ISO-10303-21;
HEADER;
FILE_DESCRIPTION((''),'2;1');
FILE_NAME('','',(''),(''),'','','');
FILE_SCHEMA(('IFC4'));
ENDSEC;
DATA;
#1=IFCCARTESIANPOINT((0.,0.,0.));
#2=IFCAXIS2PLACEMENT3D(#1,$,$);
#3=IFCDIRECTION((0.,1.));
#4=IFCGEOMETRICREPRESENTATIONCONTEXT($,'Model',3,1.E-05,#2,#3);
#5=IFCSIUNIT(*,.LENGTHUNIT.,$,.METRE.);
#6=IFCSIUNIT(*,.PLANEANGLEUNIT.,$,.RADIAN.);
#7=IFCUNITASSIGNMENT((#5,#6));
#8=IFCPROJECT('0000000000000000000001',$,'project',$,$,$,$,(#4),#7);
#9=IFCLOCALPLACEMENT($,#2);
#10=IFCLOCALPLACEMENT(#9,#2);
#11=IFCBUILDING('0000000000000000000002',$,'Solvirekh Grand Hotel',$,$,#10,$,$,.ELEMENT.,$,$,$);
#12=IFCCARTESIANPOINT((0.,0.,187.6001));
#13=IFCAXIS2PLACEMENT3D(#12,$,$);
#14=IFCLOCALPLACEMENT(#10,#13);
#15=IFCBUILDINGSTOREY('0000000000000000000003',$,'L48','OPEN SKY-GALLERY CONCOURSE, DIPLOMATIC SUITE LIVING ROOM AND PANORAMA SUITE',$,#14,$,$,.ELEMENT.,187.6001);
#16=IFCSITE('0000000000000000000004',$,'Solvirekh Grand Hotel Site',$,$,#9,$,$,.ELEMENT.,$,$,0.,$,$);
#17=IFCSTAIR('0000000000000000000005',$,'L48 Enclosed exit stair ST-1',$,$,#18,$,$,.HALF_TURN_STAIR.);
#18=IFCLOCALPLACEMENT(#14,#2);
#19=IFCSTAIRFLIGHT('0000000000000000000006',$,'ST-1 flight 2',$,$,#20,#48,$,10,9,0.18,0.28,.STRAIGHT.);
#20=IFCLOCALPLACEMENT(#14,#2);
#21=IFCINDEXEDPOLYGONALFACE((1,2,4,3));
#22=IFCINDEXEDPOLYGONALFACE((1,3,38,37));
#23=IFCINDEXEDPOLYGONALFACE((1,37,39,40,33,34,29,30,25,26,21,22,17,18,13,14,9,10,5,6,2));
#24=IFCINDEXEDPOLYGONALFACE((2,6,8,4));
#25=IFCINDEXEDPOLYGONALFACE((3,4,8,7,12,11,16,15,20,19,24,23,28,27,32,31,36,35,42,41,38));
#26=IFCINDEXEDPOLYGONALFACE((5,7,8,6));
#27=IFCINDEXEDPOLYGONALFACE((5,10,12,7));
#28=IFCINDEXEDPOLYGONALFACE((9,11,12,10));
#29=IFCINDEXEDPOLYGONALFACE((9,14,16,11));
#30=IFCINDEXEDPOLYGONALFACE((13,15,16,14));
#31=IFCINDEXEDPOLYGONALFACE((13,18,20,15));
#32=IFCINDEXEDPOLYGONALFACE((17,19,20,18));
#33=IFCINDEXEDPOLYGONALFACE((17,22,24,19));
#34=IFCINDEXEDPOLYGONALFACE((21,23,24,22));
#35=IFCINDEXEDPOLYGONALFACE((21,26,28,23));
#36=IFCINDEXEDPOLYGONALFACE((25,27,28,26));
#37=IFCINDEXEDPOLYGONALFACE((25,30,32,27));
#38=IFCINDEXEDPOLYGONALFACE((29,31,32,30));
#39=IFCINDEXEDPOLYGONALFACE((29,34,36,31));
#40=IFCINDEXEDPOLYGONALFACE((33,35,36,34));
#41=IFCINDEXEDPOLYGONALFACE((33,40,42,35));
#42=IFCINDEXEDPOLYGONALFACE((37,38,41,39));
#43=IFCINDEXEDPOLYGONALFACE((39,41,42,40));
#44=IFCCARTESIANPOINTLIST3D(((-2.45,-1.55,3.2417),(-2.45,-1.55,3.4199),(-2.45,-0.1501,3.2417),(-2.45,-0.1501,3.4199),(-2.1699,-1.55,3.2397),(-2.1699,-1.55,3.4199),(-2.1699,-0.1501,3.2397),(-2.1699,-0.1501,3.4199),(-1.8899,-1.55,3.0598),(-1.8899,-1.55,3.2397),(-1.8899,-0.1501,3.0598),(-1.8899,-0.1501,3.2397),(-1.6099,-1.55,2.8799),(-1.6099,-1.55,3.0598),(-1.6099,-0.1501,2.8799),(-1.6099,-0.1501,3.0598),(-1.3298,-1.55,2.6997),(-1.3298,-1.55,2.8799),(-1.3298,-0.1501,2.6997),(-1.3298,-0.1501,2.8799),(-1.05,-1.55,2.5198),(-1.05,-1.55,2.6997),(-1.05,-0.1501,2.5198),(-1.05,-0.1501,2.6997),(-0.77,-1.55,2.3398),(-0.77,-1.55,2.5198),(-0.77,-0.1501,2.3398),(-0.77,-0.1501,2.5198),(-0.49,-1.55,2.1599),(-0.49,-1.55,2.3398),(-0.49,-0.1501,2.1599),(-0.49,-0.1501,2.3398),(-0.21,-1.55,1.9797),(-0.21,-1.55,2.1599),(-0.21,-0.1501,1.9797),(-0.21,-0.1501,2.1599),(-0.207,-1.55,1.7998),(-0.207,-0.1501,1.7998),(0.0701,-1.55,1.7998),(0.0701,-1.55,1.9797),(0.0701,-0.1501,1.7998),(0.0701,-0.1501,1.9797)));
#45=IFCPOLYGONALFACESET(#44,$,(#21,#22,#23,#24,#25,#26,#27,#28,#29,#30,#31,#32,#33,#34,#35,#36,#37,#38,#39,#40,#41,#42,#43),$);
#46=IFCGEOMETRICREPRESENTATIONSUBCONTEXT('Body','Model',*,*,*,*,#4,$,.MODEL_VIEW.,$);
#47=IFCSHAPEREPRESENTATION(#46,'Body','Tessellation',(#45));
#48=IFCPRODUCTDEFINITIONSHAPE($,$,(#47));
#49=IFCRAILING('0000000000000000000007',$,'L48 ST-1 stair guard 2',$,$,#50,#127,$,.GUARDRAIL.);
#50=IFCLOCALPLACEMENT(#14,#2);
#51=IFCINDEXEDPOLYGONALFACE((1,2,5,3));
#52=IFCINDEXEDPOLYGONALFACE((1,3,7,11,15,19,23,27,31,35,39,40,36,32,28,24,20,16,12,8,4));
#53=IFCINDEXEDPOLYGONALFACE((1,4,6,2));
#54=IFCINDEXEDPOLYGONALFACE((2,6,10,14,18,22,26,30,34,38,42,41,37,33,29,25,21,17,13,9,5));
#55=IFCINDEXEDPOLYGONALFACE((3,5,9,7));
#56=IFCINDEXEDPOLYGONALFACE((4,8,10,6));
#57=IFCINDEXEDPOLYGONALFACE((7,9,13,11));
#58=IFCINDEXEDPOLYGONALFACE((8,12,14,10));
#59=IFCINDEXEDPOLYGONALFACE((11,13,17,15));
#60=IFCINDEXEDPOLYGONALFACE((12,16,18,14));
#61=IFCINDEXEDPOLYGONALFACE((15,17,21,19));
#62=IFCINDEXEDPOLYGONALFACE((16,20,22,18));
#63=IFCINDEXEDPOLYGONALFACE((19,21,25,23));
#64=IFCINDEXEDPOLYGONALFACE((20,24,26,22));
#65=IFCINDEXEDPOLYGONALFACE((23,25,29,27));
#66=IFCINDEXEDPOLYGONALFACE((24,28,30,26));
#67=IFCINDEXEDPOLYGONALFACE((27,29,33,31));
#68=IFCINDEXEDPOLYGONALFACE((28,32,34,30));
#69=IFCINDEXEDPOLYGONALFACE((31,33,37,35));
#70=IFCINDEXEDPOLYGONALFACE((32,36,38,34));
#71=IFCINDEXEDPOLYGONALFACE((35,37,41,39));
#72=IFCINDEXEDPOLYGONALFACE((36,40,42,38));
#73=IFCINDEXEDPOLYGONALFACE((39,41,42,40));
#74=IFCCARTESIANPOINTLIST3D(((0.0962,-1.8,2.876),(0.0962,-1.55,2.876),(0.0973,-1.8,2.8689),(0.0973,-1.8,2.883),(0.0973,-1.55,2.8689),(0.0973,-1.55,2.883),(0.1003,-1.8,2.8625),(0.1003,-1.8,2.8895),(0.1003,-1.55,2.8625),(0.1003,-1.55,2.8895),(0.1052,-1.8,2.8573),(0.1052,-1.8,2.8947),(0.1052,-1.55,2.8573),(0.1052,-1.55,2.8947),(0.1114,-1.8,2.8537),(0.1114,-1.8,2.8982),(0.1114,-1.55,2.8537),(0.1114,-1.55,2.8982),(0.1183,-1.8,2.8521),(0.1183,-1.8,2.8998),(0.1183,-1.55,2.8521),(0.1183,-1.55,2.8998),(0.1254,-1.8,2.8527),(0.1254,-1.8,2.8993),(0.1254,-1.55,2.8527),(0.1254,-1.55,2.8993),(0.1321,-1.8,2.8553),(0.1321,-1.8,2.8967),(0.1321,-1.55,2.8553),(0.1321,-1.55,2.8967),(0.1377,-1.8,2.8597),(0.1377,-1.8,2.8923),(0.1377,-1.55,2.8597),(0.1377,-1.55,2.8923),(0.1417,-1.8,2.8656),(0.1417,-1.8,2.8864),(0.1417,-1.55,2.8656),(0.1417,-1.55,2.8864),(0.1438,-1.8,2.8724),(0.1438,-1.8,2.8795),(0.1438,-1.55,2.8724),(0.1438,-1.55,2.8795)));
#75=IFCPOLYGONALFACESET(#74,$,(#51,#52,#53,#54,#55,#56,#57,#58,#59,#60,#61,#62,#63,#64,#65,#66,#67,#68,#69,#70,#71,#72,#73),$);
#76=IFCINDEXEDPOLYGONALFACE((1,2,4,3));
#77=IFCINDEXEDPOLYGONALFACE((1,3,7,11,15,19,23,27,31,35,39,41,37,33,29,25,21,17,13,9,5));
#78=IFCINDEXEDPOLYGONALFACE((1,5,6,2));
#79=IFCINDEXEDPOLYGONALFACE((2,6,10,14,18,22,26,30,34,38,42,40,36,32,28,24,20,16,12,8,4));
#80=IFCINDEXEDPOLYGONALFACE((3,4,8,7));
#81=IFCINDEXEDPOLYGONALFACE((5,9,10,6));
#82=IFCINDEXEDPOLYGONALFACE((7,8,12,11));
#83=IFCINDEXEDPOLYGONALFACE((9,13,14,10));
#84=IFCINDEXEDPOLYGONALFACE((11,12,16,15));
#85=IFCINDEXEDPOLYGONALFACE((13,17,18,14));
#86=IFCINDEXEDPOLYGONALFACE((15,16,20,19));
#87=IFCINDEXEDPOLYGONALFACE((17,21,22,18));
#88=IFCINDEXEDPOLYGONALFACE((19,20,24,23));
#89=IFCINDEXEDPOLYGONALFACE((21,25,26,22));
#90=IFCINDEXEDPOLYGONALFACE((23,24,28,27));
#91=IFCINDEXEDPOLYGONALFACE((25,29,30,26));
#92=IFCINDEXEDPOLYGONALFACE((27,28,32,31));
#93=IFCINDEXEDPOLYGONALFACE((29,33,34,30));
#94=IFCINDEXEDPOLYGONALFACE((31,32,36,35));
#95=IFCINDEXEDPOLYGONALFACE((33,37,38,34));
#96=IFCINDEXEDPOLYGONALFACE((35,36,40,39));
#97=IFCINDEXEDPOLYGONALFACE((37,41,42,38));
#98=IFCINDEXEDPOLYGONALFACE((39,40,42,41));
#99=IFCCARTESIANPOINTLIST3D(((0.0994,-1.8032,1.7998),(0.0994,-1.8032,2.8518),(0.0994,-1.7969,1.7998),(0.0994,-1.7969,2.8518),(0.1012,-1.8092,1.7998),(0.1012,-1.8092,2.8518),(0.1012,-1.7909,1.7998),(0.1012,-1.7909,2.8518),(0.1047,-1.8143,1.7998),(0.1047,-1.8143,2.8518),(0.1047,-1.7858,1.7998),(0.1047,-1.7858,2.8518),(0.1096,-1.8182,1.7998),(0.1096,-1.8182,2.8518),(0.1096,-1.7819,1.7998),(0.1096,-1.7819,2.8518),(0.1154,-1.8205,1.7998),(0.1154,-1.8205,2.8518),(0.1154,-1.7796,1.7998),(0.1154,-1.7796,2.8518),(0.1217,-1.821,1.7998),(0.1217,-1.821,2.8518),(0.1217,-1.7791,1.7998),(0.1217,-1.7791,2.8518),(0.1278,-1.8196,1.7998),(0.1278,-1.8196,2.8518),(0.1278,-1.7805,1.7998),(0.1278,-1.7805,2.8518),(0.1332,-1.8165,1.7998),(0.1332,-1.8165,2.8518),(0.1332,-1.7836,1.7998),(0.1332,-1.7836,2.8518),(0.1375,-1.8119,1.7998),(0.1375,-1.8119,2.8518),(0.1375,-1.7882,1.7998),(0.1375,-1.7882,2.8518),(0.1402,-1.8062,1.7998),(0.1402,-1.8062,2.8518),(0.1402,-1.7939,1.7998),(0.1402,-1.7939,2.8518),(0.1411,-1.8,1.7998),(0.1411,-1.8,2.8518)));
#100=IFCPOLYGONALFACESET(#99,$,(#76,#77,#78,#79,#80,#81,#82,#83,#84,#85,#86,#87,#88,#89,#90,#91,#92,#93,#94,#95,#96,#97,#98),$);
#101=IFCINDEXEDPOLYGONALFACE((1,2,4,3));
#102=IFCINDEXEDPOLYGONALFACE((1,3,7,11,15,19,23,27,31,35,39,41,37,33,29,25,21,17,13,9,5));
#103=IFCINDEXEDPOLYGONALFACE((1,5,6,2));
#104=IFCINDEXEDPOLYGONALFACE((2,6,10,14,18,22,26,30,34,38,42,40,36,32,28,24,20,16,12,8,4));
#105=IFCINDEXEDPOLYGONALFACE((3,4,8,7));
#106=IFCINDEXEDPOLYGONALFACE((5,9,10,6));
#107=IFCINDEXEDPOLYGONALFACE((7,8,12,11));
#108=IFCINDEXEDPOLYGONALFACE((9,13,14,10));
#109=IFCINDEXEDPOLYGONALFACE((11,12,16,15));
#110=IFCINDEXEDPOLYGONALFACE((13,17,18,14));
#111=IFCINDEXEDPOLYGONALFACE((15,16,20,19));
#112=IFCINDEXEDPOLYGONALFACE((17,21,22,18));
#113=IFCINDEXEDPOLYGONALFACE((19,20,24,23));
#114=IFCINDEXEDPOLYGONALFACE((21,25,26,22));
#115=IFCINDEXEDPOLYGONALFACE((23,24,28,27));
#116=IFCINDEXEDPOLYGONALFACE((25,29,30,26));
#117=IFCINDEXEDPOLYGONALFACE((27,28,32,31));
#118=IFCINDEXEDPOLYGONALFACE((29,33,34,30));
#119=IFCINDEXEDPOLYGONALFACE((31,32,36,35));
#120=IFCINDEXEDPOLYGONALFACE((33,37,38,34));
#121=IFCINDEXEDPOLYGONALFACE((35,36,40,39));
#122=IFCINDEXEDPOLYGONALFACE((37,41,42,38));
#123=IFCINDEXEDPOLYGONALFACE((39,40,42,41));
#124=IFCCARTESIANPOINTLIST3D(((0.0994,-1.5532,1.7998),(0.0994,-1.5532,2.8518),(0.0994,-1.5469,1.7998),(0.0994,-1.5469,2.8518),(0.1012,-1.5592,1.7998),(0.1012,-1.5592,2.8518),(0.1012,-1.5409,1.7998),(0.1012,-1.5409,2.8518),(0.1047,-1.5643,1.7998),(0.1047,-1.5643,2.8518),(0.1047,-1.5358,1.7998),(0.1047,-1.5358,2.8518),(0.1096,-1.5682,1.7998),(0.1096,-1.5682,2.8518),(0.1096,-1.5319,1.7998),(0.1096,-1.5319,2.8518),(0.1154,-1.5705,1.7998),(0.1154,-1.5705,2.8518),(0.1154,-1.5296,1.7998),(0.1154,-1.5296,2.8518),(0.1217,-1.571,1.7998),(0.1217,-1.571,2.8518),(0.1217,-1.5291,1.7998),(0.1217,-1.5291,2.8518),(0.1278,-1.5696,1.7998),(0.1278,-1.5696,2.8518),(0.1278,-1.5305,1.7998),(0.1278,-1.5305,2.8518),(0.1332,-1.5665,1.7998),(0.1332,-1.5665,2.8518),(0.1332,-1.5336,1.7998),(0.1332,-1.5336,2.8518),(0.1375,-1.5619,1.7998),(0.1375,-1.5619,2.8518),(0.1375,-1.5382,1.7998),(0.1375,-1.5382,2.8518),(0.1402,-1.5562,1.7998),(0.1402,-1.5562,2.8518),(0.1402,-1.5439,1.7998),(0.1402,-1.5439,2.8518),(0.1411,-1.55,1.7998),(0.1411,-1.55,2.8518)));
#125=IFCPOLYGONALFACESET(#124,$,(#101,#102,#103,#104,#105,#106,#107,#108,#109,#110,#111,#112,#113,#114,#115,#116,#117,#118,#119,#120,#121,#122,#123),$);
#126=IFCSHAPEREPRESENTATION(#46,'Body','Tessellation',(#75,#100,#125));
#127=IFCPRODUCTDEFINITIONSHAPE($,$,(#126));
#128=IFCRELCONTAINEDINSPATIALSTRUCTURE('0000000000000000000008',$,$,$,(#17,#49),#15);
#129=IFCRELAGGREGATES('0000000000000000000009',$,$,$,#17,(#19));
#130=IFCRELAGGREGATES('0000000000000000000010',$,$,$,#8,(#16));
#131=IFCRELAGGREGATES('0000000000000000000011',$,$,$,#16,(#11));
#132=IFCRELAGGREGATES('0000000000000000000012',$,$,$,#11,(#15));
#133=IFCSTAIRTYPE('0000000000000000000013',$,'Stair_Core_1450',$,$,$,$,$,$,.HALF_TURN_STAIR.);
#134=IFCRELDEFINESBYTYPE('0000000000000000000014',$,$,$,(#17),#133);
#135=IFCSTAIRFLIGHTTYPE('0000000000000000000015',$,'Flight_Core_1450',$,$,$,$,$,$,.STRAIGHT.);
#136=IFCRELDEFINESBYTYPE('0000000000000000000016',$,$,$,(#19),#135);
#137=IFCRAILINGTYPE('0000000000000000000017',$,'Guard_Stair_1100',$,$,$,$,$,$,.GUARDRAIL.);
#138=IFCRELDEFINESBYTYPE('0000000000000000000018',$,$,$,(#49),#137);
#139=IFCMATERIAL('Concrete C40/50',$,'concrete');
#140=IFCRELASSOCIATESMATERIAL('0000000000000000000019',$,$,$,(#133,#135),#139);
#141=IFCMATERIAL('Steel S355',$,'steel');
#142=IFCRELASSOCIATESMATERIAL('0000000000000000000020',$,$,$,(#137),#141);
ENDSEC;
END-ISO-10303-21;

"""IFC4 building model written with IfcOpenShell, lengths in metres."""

from ifc_helpers import new_model, si_unit, direction, frame, origin, origin_2d, place, context, subcontext, project, spatial, polyline, circle, outline, extrude, material, type_object, element, aggregate, save


model = new_model("IFC4")

# Units and contexts
model_context = context("Model", 3, precision=1e-05, world=origin(), true_north=direction((0.0, 1.0)))
body_context = subcontext(model_context, "Body", "Model", "MODEL_VIEW")
ifc_project = project(units=[si_unit("LENGTHUNIT", "METRE"), si_unit("PLANEANGLEUNIT", "RADIAN")], contexts=[model_context])

# Site, building, storey
site_placement = place(None, origin())
site = spatial("IfcSite", under=ifc_project, at=site_placement, Name="Solvirekh Grand Hotel Site", CompositionType="ELEMENT", RefElevation=0.0)
building_placement = place(site_placement, origin())
building = spatial("IfcBuilding", under=site, at=building_placement, Name="Solvirekh Grand Hotel", CompositionType="ELEMENT")
storey_placement = place(building_placement, frame((0.0, 0.0, 187.6001)))
storey = spatial("IfcBuildingStorey", under=building, at=storey_placement, Name="L48", Description="OPEN SKY-GALLERY CONCOURSE, DIPLOMATIC SUITE LIVING ROOM AND PANORAMA SUITE", CompositionType="ELEMENT", Elevation=187.6001)

# Shared definitions
ifc_material_1 = material(Name="Concrete C40/50", Category="concrete")
stair_type = type_object("IfcStairType", Name="Stair_Core_1450", PredefinedType="HALF_TURN_STAIR", material=ifc_material_1)

# Stair, stair flight
stair_1_placement = place(storey_placement, origin())
stair_1 = element("IfcStair", 1, at=stair_1_placement, inside=storey, type_object=stair_type, Name="L48 Enclosed exit stair ST-1", PredefinedType="HALF_TURN_STAIR")
stair_flight_type = type_object("IfcStairFlightType", Name="Flight_Core_1450", PredefinedType="STRAIGHT", material=ifc_material_1)
stair_flight_placement = place(storey_placement, frame((0.0701, -0.8501, 1.7998), z_axis=(0.0, 0.0, 1.0), x_axis=(-1.0, 0.0, 0.0)))
stair_flight = element("IfcStairFlight", 2, at=stair_flight_placement, type_object=stair_flight_type, Name="ST-1 flight 2", NumberOfRisers=10, NumberOfTreads=9, PredefinedType="STRAIGHT", RiserHeight=0.18, TreadLength=0.28, context=body_context, shape_type="SweptSolid", body=[
    extrude(outline(polyline([(0.0, 0.0), (0.0, 0.1799), (0.28, 0.1799), (0.28, 0.3601), (0.5601, 0.3601), (0.5601, 0.54), (0.8401, 0.54), (0.8401, 0.72), (1.1201, 0.72), (1.1201, 0.8999), (1.3999, 0.8999), (1.3999, 1.0801), (1.6799, 1.0801), (1.6799, 1.26), (1.96, 1.26), (1.96, 1.4399), (2.24, 1.4399), (2.24, 1.6201), (2.52, 1.6201), (2.52, 1.8), (2.52, 1.4419), (0.2771, 0.0), (0.0, 0.0)])), frame((0.0, 0.7, 0.0), z_axis=(0.0, -1.0, 0.0), x_axis=(1.0, 0.0, 0.0)), (0.0, 0.0, 1.0), 1.3999),
])
aggregate(stair_1, [stair_flight])

# Railing
ifc_material_2 = material(Name="Steel S355", Category="steel")
railing_type_1 = type_object("IfcRailingType", Name="Guard_Stair_1100", PredefinedType="GUARDRAIL", material=ifc_material_2)
railing_1_placement = place(storey_placement, frame((0.1201, -1.8, 1.7998)))
element("IfcRailing", 3, at=railing_1_placement, inside=storey, type_object=railing_type_1, Name="L48 ST-1 stair guard 2", PredefinedType="GUARDRAIL", context=body_context, shape_type="SweptSolid", body=[
    extrude(circle(Radius=0.0239, at=origin_2d()), frame((0.0, 0.0, 1.0762), z_axis=(0.0, 1.0, 0.0), x_axis=(-1.0, 0.0, 0.0)), (0.0, 0.0, 1.0), 0.25),
    extrude(circle(Radius=0.021, at=origin_2d()), origin(), (0.0, 0.0, 1.0), 1.052),
    extrude(circle(Radius=0.021, at=origin_2d()), frame((0.0, 0.25, 0.0)), (0.0, 0.0, 1.0), 1.052),
])

save(model, "model.ifc")
